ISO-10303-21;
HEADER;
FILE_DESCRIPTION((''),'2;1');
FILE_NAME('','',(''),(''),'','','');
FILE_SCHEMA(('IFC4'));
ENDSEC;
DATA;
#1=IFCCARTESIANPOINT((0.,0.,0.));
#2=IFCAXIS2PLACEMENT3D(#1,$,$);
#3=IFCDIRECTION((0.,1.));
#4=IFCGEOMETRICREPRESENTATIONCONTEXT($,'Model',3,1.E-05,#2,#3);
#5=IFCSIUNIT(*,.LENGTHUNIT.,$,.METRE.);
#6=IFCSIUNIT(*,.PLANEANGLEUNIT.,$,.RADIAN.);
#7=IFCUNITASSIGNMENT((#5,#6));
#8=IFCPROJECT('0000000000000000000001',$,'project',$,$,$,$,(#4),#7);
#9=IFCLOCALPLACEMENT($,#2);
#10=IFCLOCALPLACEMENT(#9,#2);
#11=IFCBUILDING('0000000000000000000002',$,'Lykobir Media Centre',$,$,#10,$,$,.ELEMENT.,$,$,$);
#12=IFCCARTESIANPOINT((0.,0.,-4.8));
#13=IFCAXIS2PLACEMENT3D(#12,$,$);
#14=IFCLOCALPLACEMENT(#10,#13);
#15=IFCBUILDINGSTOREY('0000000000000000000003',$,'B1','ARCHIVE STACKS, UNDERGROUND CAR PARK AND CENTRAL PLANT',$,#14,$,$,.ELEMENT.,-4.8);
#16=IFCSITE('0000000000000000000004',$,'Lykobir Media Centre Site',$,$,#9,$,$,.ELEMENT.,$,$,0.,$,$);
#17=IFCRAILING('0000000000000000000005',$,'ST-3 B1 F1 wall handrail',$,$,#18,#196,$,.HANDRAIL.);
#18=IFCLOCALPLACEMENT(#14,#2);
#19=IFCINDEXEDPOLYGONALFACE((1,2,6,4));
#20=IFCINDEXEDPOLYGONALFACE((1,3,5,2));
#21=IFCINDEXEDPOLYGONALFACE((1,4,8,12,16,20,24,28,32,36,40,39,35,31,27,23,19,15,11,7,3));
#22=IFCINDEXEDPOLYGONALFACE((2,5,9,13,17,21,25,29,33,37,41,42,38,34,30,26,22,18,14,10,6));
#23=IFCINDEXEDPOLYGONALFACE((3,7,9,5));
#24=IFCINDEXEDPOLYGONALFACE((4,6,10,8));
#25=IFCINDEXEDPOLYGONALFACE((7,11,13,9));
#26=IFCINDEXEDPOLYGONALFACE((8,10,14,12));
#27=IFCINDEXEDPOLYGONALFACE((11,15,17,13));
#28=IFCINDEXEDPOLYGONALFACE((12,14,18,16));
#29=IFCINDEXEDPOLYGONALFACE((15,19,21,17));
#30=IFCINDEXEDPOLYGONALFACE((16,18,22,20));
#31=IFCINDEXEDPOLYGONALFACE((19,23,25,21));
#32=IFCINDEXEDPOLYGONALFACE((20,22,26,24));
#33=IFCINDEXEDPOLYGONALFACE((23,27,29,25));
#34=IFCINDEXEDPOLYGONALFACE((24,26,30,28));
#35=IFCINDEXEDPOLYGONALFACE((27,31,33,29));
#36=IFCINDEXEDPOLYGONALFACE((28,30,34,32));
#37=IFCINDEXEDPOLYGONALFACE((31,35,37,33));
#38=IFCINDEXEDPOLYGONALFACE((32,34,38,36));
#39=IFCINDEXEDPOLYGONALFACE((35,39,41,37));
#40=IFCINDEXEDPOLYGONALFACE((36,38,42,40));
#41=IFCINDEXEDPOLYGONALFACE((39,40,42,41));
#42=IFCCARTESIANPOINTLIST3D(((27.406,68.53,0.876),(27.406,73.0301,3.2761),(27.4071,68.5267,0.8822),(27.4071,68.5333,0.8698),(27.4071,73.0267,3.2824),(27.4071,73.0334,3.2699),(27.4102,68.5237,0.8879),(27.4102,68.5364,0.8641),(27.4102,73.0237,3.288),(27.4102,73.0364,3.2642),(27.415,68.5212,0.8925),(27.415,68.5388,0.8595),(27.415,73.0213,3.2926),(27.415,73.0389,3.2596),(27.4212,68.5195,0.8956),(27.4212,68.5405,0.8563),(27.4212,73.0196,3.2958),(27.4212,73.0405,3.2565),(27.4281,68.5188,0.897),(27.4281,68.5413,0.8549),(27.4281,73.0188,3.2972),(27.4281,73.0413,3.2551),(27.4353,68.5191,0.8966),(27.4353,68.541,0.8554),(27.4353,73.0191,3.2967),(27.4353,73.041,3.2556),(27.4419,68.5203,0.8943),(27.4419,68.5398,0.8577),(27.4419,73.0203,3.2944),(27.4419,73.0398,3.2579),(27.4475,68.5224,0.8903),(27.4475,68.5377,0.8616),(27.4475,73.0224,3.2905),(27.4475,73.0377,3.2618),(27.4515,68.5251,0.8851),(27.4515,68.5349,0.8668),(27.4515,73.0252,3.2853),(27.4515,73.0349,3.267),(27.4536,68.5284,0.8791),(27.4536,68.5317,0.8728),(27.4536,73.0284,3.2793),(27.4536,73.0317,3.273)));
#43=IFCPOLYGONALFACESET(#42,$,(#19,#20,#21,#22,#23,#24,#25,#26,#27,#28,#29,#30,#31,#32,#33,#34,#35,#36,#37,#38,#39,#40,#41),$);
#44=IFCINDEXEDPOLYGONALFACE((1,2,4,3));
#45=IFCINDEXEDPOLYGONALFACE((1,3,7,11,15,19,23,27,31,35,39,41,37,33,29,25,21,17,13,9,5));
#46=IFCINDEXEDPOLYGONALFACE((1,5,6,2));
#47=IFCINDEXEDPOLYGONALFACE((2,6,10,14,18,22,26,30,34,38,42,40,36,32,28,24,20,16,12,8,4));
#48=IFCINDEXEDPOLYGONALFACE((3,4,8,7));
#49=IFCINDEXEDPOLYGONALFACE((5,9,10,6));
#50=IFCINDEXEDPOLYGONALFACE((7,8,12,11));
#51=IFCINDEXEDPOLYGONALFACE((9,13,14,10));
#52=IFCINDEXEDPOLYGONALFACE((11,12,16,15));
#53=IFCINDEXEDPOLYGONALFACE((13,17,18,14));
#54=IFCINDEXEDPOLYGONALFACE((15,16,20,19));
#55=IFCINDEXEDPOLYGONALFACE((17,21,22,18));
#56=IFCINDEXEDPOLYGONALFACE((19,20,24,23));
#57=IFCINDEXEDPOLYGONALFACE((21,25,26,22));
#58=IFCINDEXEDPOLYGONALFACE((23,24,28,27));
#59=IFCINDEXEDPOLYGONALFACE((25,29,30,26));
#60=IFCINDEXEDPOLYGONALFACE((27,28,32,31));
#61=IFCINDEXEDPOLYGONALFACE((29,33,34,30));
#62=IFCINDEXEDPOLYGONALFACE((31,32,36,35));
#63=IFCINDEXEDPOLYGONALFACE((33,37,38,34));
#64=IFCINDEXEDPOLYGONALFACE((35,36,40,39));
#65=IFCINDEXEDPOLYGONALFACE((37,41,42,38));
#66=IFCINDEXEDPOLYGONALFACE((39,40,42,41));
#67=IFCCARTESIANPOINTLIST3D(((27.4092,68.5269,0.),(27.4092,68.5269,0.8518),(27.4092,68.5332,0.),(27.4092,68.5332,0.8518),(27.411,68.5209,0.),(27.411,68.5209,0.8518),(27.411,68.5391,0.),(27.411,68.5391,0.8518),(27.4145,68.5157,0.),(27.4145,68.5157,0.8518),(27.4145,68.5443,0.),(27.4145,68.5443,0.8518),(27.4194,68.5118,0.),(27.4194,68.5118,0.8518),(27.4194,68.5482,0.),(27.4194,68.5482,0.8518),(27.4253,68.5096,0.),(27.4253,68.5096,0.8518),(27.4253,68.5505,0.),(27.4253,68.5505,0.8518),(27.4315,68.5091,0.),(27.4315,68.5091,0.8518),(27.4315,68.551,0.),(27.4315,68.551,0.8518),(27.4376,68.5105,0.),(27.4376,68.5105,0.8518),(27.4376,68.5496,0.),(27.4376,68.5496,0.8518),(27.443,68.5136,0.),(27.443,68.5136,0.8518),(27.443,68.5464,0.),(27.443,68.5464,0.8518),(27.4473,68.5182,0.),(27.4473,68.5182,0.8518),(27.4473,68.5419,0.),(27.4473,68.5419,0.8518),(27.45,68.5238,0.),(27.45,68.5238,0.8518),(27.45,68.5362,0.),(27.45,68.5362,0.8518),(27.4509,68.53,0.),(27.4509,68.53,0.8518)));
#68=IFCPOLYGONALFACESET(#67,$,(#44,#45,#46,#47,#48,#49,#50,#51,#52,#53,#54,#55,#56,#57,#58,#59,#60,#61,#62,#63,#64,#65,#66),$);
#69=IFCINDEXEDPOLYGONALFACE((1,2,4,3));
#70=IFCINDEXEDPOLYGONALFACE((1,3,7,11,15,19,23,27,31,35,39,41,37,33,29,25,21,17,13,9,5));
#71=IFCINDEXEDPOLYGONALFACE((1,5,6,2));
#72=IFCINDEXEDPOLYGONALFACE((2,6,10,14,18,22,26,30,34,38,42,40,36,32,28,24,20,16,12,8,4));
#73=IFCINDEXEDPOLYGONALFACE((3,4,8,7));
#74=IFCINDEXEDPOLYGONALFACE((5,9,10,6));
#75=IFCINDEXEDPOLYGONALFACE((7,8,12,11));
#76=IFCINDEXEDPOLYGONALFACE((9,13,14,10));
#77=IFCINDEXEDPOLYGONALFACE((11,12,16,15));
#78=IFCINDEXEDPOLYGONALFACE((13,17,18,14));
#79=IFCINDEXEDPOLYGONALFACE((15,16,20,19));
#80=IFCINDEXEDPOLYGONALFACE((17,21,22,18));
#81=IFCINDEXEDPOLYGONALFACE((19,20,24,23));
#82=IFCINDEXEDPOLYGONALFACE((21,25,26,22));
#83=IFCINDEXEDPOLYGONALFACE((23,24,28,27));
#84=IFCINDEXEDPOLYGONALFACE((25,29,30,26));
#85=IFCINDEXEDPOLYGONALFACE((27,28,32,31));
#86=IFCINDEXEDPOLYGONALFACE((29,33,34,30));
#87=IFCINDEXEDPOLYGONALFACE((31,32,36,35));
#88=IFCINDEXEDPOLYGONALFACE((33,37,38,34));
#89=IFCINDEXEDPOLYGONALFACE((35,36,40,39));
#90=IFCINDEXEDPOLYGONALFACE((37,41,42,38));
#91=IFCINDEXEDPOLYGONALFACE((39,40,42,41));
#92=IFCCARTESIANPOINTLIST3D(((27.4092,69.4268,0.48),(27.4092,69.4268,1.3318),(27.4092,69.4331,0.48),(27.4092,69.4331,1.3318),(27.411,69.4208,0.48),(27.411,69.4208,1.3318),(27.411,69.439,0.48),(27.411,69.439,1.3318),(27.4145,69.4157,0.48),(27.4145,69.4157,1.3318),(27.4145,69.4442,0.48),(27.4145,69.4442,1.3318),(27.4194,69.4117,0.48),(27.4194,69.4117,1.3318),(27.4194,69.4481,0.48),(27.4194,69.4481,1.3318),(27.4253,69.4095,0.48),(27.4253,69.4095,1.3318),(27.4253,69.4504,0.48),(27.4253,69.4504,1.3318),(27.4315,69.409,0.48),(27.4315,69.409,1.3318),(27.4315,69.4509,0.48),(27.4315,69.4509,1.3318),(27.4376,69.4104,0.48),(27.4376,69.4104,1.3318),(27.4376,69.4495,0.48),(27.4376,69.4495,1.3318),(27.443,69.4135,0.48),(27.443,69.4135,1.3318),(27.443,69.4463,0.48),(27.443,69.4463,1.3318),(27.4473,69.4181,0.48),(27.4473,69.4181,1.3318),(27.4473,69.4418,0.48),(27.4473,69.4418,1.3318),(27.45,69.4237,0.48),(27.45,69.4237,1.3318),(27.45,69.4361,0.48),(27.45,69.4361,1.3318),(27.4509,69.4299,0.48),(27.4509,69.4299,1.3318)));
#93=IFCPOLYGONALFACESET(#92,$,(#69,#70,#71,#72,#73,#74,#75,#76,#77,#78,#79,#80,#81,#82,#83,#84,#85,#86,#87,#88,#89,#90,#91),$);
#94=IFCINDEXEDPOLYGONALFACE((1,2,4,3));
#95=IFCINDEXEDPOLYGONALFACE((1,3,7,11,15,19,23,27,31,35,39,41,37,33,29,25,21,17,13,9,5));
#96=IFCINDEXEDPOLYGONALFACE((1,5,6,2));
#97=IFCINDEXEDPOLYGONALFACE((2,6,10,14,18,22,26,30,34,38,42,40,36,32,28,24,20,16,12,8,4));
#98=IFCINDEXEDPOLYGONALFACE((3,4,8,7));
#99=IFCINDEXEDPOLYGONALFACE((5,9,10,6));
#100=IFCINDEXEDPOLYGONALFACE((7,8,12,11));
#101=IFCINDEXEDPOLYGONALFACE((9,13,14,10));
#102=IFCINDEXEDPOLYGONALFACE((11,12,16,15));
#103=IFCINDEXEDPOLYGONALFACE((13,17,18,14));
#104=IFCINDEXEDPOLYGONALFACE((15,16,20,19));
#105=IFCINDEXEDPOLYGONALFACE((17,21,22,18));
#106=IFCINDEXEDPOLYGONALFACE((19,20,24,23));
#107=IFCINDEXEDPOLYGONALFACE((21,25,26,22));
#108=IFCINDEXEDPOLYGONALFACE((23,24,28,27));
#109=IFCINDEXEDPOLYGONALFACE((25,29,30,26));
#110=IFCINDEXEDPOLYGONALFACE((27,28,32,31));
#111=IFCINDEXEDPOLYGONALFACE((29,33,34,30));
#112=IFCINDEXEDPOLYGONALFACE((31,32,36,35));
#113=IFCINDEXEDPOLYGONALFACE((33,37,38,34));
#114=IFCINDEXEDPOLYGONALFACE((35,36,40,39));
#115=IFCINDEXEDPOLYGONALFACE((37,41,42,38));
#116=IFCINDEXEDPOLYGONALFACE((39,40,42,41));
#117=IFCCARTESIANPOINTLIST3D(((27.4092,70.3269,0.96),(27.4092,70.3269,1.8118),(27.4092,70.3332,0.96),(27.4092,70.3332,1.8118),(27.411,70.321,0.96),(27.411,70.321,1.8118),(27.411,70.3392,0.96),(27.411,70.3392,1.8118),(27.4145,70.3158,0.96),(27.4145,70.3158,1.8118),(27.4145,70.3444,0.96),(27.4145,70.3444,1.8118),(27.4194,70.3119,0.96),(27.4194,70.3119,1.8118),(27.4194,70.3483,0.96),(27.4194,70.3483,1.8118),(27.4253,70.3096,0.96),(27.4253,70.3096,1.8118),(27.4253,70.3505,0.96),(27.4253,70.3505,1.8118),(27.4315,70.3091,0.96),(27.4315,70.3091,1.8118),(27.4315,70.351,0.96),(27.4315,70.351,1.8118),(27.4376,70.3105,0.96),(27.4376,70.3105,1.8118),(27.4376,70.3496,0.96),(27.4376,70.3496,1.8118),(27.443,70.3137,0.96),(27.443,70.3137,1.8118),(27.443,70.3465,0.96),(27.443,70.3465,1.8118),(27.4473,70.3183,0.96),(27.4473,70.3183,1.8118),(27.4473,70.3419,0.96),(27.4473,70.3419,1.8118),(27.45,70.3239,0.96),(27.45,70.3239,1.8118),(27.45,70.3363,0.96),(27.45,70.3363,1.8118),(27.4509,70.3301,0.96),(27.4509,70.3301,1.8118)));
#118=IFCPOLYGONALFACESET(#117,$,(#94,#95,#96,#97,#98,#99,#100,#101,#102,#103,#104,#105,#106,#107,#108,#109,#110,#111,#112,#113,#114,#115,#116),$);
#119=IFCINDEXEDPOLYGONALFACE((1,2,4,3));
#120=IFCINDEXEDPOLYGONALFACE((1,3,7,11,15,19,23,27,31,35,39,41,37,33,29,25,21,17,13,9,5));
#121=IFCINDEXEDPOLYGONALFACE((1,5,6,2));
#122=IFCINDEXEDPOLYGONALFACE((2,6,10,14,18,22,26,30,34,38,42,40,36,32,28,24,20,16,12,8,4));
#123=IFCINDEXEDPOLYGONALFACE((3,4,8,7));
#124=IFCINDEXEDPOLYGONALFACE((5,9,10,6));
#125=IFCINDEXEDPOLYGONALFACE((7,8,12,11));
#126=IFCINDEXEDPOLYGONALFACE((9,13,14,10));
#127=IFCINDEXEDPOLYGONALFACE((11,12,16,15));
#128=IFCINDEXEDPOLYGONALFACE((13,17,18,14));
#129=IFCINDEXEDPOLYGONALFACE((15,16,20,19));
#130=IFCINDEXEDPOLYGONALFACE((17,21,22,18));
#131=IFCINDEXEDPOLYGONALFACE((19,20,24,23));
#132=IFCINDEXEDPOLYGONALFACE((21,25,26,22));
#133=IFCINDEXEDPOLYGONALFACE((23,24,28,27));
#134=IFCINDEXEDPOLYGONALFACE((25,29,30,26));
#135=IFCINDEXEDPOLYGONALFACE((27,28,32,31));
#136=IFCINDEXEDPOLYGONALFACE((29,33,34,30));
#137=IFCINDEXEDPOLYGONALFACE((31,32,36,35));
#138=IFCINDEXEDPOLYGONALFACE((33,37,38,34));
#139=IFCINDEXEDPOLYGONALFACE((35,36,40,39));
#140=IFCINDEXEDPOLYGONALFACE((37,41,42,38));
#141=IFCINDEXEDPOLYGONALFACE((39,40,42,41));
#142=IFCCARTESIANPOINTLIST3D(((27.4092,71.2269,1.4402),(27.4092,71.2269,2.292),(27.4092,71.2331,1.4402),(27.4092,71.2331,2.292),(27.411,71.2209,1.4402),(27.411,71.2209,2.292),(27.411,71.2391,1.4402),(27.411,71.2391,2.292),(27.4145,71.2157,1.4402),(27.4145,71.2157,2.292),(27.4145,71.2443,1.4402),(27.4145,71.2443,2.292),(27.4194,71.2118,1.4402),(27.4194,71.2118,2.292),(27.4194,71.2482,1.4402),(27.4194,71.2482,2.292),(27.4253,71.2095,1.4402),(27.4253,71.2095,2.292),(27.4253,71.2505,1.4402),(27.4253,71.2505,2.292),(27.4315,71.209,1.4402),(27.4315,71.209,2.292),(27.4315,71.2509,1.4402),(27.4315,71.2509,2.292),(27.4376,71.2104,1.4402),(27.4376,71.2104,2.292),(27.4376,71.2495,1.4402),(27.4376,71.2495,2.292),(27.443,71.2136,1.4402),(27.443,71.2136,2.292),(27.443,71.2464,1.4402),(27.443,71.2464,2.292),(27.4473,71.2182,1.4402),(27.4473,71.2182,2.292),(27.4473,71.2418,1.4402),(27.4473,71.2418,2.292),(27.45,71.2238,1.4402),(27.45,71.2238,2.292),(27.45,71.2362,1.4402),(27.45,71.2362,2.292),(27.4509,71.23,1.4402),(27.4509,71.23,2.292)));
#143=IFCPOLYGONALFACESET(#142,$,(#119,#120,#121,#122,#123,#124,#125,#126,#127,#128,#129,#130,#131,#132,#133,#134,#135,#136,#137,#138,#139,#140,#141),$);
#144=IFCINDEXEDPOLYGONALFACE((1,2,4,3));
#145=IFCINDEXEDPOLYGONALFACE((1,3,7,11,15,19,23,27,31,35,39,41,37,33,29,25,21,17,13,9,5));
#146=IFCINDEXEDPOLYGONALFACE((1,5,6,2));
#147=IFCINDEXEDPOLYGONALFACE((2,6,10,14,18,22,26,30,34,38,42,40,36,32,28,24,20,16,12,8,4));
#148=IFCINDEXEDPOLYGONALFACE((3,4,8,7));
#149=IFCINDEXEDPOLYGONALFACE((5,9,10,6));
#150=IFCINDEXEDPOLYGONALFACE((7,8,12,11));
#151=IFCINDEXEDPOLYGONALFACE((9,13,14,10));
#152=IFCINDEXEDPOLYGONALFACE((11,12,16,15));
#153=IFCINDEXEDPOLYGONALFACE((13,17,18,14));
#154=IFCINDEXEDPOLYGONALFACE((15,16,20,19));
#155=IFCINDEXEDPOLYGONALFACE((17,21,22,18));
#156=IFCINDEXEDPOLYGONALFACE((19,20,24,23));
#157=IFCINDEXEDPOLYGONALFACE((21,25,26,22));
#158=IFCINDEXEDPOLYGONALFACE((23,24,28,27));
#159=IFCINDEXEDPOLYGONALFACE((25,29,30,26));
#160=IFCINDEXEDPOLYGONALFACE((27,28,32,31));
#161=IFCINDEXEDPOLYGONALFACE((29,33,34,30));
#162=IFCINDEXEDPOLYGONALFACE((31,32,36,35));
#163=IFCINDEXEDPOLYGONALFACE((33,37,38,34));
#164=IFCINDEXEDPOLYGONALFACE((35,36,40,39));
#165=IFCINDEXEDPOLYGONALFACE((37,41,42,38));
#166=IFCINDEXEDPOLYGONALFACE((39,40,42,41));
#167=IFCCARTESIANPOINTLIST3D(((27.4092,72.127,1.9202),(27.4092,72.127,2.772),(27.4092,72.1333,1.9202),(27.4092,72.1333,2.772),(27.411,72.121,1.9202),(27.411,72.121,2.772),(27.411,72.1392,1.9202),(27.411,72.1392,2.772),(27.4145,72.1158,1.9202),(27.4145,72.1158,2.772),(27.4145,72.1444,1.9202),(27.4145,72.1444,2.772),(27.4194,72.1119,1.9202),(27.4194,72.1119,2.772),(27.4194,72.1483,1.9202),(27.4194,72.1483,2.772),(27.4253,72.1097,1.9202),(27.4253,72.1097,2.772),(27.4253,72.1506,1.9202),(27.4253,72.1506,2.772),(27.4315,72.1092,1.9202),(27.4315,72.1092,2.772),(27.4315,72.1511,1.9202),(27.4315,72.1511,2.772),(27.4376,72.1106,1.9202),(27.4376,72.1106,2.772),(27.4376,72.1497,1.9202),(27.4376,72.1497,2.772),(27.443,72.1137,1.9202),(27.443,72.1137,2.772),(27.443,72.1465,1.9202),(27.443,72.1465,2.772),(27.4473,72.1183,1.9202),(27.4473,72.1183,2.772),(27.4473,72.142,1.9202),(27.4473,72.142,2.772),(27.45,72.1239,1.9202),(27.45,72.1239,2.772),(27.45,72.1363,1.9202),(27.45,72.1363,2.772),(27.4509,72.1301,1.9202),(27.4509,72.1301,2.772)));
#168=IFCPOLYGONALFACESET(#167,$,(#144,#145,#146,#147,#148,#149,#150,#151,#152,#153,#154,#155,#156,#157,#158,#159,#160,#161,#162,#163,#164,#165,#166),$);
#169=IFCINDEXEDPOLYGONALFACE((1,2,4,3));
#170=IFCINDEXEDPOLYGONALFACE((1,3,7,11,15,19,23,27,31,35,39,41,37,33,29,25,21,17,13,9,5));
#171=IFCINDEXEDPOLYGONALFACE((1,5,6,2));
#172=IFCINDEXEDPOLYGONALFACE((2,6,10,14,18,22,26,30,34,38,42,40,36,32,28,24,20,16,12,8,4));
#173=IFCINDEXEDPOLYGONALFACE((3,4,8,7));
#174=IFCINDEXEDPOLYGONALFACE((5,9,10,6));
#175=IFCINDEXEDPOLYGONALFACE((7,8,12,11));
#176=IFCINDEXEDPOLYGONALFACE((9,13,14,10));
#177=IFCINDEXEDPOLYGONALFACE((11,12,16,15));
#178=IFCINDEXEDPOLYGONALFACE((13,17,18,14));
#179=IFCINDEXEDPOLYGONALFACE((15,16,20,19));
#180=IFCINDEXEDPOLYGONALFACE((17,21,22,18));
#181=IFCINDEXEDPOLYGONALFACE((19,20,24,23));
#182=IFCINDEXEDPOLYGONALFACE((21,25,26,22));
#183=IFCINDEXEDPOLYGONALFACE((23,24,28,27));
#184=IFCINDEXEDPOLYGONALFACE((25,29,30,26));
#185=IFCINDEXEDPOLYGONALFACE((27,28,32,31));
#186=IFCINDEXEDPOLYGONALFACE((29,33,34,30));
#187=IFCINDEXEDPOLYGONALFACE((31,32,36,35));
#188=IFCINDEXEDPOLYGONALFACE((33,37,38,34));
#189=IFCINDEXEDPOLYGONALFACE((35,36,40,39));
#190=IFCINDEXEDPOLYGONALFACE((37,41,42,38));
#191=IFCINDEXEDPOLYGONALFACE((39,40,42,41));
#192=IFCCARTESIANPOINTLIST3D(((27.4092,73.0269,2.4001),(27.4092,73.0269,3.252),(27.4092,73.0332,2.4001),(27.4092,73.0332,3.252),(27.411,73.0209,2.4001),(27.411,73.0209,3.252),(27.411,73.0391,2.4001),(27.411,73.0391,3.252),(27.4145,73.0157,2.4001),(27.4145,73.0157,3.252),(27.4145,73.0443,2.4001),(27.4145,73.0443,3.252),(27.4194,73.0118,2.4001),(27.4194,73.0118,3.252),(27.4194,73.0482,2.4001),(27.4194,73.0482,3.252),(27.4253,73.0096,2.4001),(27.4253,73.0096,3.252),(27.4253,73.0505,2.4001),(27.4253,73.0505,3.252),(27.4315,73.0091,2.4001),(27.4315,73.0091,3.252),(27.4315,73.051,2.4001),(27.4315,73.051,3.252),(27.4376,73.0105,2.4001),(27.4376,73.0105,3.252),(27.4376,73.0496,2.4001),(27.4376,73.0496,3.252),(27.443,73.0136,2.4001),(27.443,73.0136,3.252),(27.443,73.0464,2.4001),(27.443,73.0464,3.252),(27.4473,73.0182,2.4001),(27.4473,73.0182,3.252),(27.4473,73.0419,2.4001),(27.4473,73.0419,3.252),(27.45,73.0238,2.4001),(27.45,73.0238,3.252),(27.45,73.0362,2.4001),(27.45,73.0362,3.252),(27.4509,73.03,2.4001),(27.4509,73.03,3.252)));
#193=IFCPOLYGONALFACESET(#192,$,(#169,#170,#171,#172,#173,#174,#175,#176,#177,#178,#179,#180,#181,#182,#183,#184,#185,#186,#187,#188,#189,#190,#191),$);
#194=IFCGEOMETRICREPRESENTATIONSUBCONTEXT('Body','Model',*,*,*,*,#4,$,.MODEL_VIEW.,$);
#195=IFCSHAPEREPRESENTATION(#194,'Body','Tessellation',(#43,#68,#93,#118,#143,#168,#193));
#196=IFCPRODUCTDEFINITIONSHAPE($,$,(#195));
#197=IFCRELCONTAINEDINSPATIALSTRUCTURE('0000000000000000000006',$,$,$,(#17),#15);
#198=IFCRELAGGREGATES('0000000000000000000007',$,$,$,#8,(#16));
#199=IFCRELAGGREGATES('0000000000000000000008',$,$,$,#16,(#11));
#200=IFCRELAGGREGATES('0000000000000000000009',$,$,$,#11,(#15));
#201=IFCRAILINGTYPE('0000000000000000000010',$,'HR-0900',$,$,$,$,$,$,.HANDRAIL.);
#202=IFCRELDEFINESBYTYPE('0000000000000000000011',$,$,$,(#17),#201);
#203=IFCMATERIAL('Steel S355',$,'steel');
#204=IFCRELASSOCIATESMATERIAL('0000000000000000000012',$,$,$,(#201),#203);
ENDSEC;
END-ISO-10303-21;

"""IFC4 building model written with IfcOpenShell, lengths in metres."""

from ifc_helpers import new_model, si_unit, direction, frame, origin, origin_2d, place, context, subcontext, project, spatial, circle, extrude, material, type_object, element, save


model = new_model("IFC4")

# Units and contexts
model_context = context("Model", 3, precision=1e-05, world=origin(), true_north=direction((0.0, 1.0)))
body_context = subcontext(model_context, "Body", "Model", "MODEL_VIEW")
ifc_project = project(units=[si_unit("LENGTHUNIT", "METRE"), si_unit("PLANEANGLEUNIT", "RADIAN")], contexts=[model_context])

# Site, building, storey
site_placement = place(None, origin())
site = spatial("IfcSite", under=ifc_project, at=site_placement, Name="Lykobir Media Centre Site", CompositionType="ELEMENT", RefElevation=0.0)
building_placement = place(site_placement, origin())
building = spatial("IfcBuilding", under=site, at=building_placement, Name="Lykobir Media Centre", CompositionType="ELEMENT")
storey_placement = place(building_placement, frame((0.0, 0.0, -4.8)))
storey = spatial("IfcBuildingStorey", under=building, at=storey_placement, Name="B1", Description="ARCHIVE STACKS, UNDERGROUND CAR PARK AND CENTRAL PLANT", CompositionType="ELEMENT", Elevation=-4.8)

# Shared definitions
ifc_material_1 = material(Name="Steel S355", Category="steel")

# Railing
railing_type_1 = type_object("IfcRailingType", Name="HR-0900", PredefinedType="HANDRAIL", material=ifc_material_1)
railing_1_placement = place(storey_placement, frame((27.4299, 68.53, 0.0)))
element("IfcRailing", 1, at=railing_1_placement, inside=storey, type_object=railing_type_1, Name="ST-3 B1 F1 wall handrail", PredefinedType="HANDRAIL", context=body_context, shape_type="SweptSolid", body=[
    extrude(circle(Radius=0.0239, at=origin_2d()), frame((0.0, 0.0, 0.876), z_axis=(0.0, 0.882341, 0.470611), x_axis=(-1.0, 0.0, 0.0)), (0.0, 0.0, 1.0), 5.1001),
    extrude(circle(Radius=0.021, at=origin_2d()), origin(), (0.0, 0.0, 1.0), 0.8518),
    extrude(circle(Radius=0.021, at=origin_2d()), frame((0.0, 0.8999, 0.48)), (0.0, 0.0, 1.0), 0.8518),
    extrude(circle(Radius=0.021, at=origin_2d()), frame((0.0, 1.8, 0.96)), (0.0, 0.0, 1.0), 0.8518),
    extrude(circle(Radius=0.021, at=origin_2d()), frame((0.0, 2.7, 1.4402)), (0.0, 0.0, 1.0), 0.8518),
    extrude(circle(Radius=0.021, at=origin_2d()), frame((0.0, 3.6001, 1.9202)), (0.0, 0.0, 1.0), 0.8518),
    extrude(circle(Radius=0.021, at=origin_2d()), frame((0.0, 4.5, 2.4001)), (0.0, 0.0, 1.0), 0.8518),
])

save(model, "model.ifc")
